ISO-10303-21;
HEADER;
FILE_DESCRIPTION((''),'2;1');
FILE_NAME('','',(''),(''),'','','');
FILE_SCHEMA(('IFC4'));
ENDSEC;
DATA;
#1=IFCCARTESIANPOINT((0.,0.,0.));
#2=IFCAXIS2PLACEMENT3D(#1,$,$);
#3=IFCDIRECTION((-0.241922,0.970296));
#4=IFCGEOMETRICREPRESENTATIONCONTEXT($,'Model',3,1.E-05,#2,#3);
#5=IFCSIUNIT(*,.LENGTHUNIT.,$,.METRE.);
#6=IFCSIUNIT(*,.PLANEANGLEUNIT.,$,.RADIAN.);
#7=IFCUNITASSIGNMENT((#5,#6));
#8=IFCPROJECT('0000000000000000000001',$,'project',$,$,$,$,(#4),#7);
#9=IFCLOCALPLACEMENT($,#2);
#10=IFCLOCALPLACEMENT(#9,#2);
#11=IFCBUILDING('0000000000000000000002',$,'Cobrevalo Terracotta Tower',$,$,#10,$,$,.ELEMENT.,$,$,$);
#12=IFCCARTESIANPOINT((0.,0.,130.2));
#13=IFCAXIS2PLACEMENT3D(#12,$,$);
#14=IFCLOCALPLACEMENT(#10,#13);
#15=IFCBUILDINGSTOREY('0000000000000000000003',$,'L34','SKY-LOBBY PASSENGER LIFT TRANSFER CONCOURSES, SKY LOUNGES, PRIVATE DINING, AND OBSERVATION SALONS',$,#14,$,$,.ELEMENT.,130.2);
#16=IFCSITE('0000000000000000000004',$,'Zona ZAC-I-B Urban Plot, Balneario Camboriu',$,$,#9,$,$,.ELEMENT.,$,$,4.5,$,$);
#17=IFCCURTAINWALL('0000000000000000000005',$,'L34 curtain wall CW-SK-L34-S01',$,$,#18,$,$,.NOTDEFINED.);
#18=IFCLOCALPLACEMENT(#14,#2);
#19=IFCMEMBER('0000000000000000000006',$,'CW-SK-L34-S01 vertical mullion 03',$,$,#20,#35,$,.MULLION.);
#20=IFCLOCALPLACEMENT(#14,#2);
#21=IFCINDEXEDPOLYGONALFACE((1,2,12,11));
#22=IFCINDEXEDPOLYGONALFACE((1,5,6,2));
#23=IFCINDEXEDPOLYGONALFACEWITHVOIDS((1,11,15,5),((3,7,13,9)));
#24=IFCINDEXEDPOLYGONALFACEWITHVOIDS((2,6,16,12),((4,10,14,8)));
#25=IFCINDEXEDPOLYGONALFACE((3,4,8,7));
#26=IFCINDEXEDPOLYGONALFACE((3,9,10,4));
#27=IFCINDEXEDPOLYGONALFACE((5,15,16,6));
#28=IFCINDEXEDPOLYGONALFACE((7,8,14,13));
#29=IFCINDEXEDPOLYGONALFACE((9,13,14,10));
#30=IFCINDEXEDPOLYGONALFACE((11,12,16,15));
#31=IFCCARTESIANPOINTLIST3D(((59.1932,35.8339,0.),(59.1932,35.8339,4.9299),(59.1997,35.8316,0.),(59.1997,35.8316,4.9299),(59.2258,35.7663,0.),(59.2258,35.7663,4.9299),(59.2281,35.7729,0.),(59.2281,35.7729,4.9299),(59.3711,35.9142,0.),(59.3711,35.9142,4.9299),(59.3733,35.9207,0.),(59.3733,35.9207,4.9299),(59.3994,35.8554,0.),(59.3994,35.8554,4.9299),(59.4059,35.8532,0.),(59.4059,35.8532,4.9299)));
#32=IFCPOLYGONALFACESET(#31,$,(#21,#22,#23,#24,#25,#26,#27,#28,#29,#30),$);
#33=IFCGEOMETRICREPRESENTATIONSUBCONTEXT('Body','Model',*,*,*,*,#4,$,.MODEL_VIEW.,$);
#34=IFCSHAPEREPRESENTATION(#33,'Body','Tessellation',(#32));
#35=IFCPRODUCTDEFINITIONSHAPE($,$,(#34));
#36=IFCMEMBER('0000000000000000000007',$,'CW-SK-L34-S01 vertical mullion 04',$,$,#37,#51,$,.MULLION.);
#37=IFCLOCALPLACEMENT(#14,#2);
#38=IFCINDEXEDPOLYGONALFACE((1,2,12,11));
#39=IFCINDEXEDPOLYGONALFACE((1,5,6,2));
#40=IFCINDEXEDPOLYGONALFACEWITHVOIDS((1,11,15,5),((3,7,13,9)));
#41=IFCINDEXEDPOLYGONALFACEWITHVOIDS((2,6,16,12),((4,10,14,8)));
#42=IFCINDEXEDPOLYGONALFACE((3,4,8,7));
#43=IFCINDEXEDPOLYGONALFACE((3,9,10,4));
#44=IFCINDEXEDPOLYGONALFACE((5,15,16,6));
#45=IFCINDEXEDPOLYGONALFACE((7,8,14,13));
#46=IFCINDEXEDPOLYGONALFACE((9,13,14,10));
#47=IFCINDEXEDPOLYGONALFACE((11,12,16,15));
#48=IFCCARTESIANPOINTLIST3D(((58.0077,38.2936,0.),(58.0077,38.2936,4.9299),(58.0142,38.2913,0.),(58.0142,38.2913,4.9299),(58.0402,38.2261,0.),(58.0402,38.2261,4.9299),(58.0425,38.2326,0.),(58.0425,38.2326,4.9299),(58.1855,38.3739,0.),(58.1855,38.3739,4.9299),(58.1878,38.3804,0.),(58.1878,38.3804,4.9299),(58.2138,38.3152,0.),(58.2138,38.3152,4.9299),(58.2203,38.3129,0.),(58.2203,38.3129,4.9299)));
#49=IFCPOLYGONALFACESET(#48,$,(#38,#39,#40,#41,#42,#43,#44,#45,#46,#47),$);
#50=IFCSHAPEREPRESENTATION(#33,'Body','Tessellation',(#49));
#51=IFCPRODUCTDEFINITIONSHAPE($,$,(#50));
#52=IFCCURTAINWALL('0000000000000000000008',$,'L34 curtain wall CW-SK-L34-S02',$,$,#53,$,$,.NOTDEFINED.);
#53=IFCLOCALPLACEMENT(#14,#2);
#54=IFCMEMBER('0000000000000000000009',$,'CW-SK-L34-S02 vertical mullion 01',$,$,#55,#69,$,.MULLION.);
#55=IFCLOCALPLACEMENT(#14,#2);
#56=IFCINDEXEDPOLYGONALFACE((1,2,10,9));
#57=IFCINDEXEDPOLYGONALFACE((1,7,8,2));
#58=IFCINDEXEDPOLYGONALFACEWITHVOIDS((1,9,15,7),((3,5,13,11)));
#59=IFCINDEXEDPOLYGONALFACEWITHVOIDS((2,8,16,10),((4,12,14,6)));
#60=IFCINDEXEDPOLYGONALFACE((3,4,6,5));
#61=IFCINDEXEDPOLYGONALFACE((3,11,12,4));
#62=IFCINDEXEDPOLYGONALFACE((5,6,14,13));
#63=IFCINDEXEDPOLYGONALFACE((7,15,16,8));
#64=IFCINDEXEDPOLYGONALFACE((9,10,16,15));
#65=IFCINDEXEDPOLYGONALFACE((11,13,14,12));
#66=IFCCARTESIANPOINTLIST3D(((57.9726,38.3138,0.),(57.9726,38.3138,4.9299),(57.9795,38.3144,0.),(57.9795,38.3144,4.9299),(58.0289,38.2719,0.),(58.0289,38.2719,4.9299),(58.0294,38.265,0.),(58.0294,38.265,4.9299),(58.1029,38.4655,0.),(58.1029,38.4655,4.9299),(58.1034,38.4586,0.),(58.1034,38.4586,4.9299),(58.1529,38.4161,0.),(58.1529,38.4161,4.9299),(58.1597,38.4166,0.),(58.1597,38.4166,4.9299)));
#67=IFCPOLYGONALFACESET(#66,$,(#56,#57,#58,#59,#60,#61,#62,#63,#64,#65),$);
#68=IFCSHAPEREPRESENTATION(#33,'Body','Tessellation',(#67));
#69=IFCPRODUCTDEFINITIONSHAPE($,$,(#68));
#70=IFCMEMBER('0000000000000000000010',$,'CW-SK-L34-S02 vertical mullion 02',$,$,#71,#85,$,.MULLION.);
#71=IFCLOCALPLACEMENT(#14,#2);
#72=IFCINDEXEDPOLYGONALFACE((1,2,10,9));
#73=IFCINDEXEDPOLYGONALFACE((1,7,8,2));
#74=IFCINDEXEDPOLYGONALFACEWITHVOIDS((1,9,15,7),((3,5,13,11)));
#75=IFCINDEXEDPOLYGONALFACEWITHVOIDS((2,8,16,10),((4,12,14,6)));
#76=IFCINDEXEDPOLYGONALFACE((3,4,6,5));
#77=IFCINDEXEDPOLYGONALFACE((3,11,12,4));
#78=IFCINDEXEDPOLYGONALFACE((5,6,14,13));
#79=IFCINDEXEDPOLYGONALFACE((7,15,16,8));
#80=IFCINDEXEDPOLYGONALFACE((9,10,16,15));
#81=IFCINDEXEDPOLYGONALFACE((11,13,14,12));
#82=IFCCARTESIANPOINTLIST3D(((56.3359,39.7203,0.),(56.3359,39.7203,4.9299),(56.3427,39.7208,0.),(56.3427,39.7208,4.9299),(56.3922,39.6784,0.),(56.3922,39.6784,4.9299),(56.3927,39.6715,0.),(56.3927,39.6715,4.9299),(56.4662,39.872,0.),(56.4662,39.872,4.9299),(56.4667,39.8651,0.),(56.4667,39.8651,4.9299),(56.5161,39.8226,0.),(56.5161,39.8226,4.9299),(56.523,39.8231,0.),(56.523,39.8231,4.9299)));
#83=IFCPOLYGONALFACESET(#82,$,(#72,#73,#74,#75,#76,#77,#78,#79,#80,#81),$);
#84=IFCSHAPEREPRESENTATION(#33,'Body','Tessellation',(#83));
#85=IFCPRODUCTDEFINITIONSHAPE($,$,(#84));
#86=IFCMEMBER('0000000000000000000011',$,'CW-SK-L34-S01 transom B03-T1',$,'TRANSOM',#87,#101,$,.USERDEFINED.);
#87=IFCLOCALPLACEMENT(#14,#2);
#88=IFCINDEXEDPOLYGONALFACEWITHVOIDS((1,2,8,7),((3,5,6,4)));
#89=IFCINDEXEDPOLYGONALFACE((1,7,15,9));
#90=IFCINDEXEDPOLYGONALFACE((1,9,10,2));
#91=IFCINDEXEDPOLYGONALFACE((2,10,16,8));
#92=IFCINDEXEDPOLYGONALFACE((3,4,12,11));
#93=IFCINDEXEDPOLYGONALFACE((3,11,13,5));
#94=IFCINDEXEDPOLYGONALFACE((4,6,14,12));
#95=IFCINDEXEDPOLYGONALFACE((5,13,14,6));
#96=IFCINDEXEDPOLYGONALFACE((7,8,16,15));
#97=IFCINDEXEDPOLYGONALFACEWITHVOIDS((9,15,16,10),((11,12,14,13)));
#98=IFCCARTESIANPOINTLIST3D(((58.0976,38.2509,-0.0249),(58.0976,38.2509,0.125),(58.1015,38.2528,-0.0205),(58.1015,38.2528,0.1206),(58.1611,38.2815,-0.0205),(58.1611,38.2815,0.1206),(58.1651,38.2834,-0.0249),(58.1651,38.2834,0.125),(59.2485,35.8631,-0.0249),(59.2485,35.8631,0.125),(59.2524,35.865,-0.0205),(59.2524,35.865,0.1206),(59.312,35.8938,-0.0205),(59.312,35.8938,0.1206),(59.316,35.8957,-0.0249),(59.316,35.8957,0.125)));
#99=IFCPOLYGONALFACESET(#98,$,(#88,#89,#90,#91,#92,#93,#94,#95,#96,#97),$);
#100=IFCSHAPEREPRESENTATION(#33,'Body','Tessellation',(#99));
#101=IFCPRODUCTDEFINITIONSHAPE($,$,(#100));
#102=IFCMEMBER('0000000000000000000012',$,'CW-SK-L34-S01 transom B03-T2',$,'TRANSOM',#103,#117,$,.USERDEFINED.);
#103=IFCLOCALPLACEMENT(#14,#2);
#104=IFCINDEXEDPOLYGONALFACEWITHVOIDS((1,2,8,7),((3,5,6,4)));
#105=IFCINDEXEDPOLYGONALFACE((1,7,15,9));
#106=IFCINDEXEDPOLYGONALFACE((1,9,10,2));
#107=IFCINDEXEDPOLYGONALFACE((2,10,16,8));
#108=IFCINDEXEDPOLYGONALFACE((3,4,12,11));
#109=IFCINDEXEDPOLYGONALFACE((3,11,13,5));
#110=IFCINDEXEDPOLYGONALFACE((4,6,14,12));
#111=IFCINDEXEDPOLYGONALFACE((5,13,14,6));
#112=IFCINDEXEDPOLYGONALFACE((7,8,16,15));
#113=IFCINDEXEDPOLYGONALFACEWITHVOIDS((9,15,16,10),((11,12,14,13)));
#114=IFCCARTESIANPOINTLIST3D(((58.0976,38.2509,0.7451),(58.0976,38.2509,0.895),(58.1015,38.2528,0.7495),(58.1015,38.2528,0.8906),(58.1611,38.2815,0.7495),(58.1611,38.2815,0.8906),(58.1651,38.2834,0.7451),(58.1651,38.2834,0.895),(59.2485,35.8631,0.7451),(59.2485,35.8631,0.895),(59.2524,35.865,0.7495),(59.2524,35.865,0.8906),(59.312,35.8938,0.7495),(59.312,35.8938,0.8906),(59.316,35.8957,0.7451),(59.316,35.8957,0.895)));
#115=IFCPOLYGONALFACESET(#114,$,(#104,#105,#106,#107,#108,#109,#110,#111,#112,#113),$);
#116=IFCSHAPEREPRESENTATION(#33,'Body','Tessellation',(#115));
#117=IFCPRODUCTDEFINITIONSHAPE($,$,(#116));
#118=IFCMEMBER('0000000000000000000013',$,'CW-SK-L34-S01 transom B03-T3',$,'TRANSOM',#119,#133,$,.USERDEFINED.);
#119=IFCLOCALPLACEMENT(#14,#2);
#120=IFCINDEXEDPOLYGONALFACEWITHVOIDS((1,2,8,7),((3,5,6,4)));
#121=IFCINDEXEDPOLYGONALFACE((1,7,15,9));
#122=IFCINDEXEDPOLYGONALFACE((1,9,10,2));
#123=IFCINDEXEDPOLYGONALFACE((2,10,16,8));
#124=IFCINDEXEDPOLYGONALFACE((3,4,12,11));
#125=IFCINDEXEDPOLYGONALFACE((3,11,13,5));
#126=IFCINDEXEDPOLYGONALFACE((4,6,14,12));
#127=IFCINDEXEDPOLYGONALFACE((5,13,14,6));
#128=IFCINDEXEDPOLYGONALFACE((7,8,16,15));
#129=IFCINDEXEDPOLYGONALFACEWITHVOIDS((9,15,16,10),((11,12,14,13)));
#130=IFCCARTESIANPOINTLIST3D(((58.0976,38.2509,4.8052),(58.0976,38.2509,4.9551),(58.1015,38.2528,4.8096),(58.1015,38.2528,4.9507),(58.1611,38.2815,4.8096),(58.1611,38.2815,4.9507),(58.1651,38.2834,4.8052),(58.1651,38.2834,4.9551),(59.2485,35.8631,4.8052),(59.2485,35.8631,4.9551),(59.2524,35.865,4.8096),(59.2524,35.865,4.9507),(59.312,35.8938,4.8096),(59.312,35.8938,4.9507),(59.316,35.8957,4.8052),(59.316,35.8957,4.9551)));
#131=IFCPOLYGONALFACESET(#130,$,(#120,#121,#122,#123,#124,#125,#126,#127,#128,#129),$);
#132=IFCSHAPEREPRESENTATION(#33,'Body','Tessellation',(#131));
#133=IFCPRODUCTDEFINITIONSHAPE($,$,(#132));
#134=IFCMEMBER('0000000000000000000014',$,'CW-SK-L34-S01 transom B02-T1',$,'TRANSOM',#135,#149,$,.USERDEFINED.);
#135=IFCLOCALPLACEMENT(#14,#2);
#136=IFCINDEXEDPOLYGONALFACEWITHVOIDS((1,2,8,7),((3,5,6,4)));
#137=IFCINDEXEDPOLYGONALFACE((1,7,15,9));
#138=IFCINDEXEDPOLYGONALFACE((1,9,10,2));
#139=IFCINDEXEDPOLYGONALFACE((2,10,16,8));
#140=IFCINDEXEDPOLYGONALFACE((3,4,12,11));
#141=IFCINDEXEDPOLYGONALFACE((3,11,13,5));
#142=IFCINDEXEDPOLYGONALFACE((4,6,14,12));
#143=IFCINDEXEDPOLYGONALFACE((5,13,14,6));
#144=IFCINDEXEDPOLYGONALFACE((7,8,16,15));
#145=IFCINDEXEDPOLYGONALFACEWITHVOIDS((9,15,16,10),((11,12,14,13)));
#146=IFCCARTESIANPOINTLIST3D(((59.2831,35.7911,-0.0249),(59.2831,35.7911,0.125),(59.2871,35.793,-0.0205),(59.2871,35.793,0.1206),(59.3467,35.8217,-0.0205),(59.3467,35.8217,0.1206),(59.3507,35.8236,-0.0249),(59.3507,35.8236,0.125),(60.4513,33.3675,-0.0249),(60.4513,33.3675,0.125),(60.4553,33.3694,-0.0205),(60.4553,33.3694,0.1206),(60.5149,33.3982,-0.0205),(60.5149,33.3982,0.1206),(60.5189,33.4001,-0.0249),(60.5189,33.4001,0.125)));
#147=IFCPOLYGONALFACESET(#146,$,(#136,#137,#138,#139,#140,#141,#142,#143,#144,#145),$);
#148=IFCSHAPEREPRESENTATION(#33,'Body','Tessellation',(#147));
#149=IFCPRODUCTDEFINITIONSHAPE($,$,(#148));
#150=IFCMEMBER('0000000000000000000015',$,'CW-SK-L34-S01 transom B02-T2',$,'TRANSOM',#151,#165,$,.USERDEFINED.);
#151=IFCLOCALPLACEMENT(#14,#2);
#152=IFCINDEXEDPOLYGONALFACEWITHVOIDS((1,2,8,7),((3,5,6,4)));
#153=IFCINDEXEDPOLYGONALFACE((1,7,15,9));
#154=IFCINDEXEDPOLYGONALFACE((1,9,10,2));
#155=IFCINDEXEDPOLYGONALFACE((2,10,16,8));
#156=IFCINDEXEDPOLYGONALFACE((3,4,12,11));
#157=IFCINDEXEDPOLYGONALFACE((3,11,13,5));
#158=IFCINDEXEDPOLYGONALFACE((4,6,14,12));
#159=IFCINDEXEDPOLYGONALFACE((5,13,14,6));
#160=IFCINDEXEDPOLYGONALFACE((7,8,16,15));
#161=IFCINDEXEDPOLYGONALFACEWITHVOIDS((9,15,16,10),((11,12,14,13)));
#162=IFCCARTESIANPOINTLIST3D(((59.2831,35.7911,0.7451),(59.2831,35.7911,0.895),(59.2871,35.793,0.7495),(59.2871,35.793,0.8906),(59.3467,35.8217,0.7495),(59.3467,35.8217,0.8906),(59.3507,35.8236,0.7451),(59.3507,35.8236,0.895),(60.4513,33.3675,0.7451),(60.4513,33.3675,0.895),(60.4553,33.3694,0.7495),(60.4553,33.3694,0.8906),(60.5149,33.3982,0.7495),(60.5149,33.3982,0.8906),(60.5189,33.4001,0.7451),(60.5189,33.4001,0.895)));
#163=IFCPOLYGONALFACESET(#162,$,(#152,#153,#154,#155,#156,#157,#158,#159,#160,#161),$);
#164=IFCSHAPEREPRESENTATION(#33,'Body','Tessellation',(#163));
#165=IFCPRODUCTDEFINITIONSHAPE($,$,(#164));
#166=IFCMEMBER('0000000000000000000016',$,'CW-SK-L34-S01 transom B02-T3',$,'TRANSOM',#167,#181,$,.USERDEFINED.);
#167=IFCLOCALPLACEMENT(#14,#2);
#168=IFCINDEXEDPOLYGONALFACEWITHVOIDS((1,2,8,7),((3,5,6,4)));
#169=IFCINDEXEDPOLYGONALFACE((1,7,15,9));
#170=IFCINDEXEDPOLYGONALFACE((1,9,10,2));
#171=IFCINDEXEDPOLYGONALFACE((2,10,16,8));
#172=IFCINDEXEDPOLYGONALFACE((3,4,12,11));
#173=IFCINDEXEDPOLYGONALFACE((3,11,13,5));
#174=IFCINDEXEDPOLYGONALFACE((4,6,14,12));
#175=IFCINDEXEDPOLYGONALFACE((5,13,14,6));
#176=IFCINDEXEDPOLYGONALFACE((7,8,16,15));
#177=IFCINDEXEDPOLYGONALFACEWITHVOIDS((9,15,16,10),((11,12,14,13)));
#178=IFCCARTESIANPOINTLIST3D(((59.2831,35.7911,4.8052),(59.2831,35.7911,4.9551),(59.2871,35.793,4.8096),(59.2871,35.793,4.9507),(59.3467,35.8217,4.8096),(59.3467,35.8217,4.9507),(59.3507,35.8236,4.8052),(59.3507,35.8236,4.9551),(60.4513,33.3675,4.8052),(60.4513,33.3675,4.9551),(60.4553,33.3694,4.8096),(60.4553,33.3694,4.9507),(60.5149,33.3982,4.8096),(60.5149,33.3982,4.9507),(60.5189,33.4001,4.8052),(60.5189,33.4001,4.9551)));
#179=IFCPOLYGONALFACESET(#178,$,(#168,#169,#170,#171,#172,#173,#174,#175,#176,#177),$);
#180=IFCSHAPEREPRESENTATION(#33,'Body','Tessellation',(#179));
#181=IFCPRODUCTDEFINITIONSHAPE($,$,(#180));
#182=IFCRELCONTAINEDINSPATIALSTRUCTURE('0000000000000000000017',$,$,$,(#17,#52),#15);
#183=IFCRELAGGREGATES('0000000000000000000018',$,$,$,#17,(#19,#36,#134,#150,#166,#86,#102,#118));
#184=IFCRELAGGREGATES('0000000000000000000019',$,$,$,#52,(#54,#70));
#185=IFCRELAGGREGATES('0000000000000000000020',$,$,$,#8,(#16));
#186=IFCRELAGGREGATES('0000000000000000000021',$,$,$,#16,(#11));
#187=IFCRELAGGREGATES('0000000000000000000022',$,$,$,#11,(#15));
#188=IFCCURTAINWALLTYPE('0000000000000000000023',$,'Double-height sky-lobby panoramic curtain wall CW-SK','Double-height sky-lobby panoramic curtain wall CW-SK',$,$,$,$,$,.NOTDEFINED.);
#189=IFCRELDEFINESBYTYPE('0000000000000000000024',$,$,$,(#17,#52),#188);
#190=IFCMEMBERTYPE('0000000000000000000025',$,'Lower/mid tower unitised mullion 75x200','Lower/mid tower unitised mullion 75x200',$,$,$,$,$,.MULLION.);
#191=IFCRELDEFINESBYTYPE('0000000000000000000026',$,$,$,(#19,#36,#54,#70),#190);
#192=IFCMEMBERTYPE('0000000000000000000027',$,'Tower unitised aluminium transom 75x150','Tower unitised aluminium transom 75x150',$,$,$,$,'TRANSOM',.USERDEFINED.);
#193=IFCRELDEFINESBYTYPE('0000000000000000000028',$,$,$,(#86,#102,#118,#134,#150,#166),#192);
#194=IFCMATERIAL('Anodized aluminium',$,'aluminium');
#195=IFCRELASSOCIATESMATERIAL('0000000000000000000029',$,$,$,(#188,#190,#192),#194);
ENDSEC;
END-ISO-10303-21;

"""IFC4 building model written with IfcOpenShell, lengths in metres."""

from ifc_helpers import new_model, si_unit, direction, frame, origin, origin_2d, place, context, subcontext, project, spatial, hollow_rectangle, extrude, source, transform, mapped, material, material_profile, profile_set, type_object, element, aggregate, save


model = new_model("IFC4")

# Units and contexts
model_context = context("Model", 3, precision=1e-05, world=origin(), true_north=direction((-0.241922, 0.970296)))
body_context = subcontext(model_context, "Body", "Model", "MODEL_VIEW")
ifc_project = project(units=[si_unit("LENGTHUNIT", "METRE"), si_unit("PLANEANGLEUNIT", "RADIAN")], contexts=[model_context])

# Site, building, storey
site_placement = place(None, origin())
site = spatial("IfcSite", under=ifc_project, at=site_placement, Name="Zona ZAC-I-B Urban Plot, Balneario Camboriu", CompositionType="ELEMENT", RefElevation=4.5)
building_placement = place(site_placement, origin())
building = spatial("IfcBuilding", under=site, at=building_placement, Name="Cobrevalo Terracotta Tower", CompositionType="ELEMENT")
storey_placement = place(building_placement, frame((0.0, 0.0, 130.2)))
storey = spatial("IfcBuildingStorey", under=building, at=storey_placement, Name="L34", Description="SKY-LOBBY PASSENGER LIFT TRANSFER CONCOURSES, SKY LOUNGES, PRIVATE DINING, AND OBSERVATION SALONS", CompositionType="ELEMENT", Elevation=130.2)

# Curtain walls, members
ifc_material_1 = material(Name="Anodized aluminium", Category="aluminium")
curtain_wall_type = type_object("IfcCurtainWallType", Name="Double-height sky-lobby panoramic curtain wall CW-SK", Description="Double-height sky-lobby panoramic curtain wall CW-SK", PredefinedType="NOTDEFINED", material=ifc_material_1)
curtain_wall_1_placement = place(storey_placement, origin())
curtain_wall_1 = element("IfcCurtainWall", 1, at=curtain_wall_1_placement, inside=storey, type_object=curtain_wall_type, Name="L34 curtain wall CW-SK-L34-S01", PredefinedType="NOTDEFINED")
ifc_material_profile_1 = material_profile(ifc_material_1, hollow_rectangle(XDim=0.075, YDim=0.2, WallThickness=0.0049, at=origin_2d()), Name="CWM 75x200")
ifc_profile_set_1 = profile_set([ifc_material_profile_1], Name="Anodized aluminium")
member_type_1 = type_object("IfcMemberType", Name="Lower/mid tower unitised mullion 75x200", Description="Lower/mid tower unitised mullion 75x200", PredefinedType="MULLION", material=ifc_profile_set_1)
shared_shape_1 = source(origin(), body_context, "Body", "SweptSolid", [
    extrude(hollow_rectangle(XDim=0.075, YDim=0.2, WallThickness=0.0049, at=origin_2d()), origin(), (0.0, 0.0, 1.0), 4.9299),
])
member_1_placement = place(storey_placement, frame((59.2996, 35.8435, 0.0), z_axis=(0.0, 0.0, 1.0), x_axis=(-0.434209, 0.900812, 0.0)))
member_1 = element("IfcMember", 2, at=member_1_placement, type_object=member_type_1, Name="CW-SK-L34-S01 vertical mullion 03", PredefinedType="MULLION", context=body_context, shape_type="MappedRepresentation", body=[
    mapped(shared_shape_1, transform((0.0, 0.0, 0.0), scale=1.0)),
])
member_2_placement = place(storey_placement, frame((58.114, 38.3032, 0.0), z_axis=(0.0, 0.0, 1.0), x_axis=(-0.434209, 0.900812, 0.0)))
member_2 = element("IfcMember", 3, at=member_2_placement, type_object=member_type_1, Name="CW-SK-L34-S01 vertical mullion 04", PredefinedType="MULLION", context=body_context, shape_type="MappedRepresentation", body=[
    mapped(shared_shape_1, transform((0.0, 0.0, 0.0), scale=1.0)),
])
curtain_wall_2_placement = place(storey_placement, origin())
curtain_wall_2 = element("IfcCurtainWall", 4, at=curtain_wall_2_placement, inside=storey, type_object=curtain_wall_type, Name="L34 curtain wall CW-SK-L34-S02", PredefinedType="NOTDEFINED")
member_3_placement = place(storey_placement, frame((58.0662, 38.3652, 0.0), z_axis=(0.0, 0.0, 1.0), x_axis=(-0.758442, 0.651741, 0.0)))
member_3 = element("IfcMember", 5, at=member_3_placement, type_object=member_type_1, Name="CW-SK-L34-S02 vertical mullion 01", PredefinedType="MULLION", context=body_context, shape_type="MappedRepresentation", body=[
    mapped(shared_shape_1, transform((0.0, 0.0, 0.0), scale=1.0)),
])
member_4_placement = place(storey_placement, frame((56.4294, 39.7717, 0.0), z_axis=(0.0, 0.0, 1.0), x_axis=(-0.758442, 0.651741, 0.0)))
member_4 = element("IfcMember", 6, at=member_4_placement, type_object=member_type_1, Name="CW-SK-L34-S02 vertical mullion 02", PredefinedType="MULLION", context=body_context, shape_type="MappedRepresentation", body=[
    mapped(shared_shape_1, transform((0.0, 0.0, 0.0), scale=1.0)),
])

# Members
ifc_material_profile_2 = material_profile(ifc_material_1, hollow_rectangle(XDim=0.075, YDim=0.1499, WallThickness=0.0044, at=origin_2d()), Name="CWT 75x150")
ifc_profile_set_2 = profile_set([ifc_material_profile_2], Name="Anodized aluminium")
member_type_2 = type_object("IfcMemberType", Name="Tower unitised aluminium transom 75x150", Description="Tower unitised aluminium transom 75x150", ElementType="TRANSOM", PredefinedType="USERDEFINED", material=ifc_profile_set_2)
shared_shape_2 = source(origin(), body_context, "Body", "SweptSolid", [
    extrude(hollow_rectangle(XDim=0.075, YDim=0.1499, WallThickness=0.0044, at=origin_2d()), origin(), (0.0, 0.0, 1.0), 2.6506),
])
member_5_placement = place(storey_placement, frame((59.2822, 35.8794, 0.05), z_axis=(-0.434198, 0.900818, 0.0), x_axis=(-0.900818, -0.434198, 0.0)))
member_5 = element("IfcMember", 7, at=member_5_placement, type_object=member_type_2, Name="CW-SK-L34-S01 transom B03-T1", ObjectType="TRANSOM", PredefinedType="USERDEFINED", context=body_context, shape_type="MappedRepresentation", body=[
    mapped(shared_shape_2, transform((0.0, 0.0, 0.0), scale=1.0)),
])
member_6_placement = place(storey_placement, frame((59.2822, 35.8794, 0.8201), z_axis=(-0.434198, 0.900818, 0.0), x_axis=(-0.900818, -0.434198, 0.0)))
member_6 = element("IfcMember", 8, at=member_6_placement, type_object=member_type_2, Name="CW-SK-L34-S01 transom B03-T2", ObjectType="TRANSOM", PredefinedType="USERDEFINED", context=body_context, shape_type="MappedRepresentation", body=[
    mapped(shared_shape_2, transform((0.0, 0.0, 0.0), scale=1.0)),
])
member_7_placement = place(storey_placement, frame((59.2822, 35.8794, 4.8801), z_axis=(-0.434198, 0.900818, 0.0), x_axis=(-0.900818, -0.434198, 0.0)))
member_7 = element("IfcMember", 9, at=member_7_placement, type_object=member_type_2, Name="CW-SK-L34-S01 transom B03-T3", ObjectType="TRANSOM", PredefinedType="USERDEFINED", context=body_context, shape_type="MappedRepresentation", body=[
    mapped(shared_shape_2, transform((0.0, 0.0, 0.0), scale=1.0)),
])
shared_shape_3 = source(origin(), body_context, "Body", "SweptSolid", [
    extrude(hollow_rectangle(XDim=0.075, YDim=0.1499, WallThickness=0.0044, at=origin_2d()), origin(), (0.0, 0.0, 1.0), 2.6904),
])
member_8_placement = place(storey_placement, frame((60.4851, 33.3838, 0.05), z_axis=(-0.434208, 0.900812, 0.0), x_axis=(-0.900812, -0.434208, 0.0)))
member_8 = element("IfcMember", 10, at=member_8_placement, type_object=member_type_2, Name="CW-SK-L34-S01 transom B02-T1", ObjectType="TRANSOM", PredefinedType="USERDEFINED", context=body_context, shape_type="MappedRepresentation", body=[
    mapped(shared_shape_3, transform((0.0, 0.0, 0.0), scale=1.0)),
])
member_9_placement = place(storey_placement, frame((60.4851, 33.3838, 0.8201), z_axis=(-0.434208, 0.900812, 0.0), x_axis=(-0.900812, -0.434208, 0.0)))
member_9 = element("IfcMember", 11, at=member_9_placement, type_object=member_type_2, Name="CW-SK-L34-S01 transom B02-T2", ObjectType="TRANSOM", PredefinedType="USERDEFINED", context=body_context, shape_type="MappedRepresentation", body=[
    mapped(shared_shape_3, transform((0.0, 0.0, 0.0), scale=1.0)),
])
member_10_placement = place(storey_placement, frame((60.4851, 33.3838, 4.8801), z_axis=(-0.434208, 0.900812, 0.0), x_axis=(-0.900812, -0.434208, 0.0)))
member_10 = element("IfcMember", 12, at=member_10_placement, type_object=member_type_2, Name="CW-SK-L34-S01 transom B02-T3", ObjectType="TRANSOM", PredefinedType="USERDEFINED", context=body_context, shape_type="MappedRepresentation", body=[
    mapped(shared_shape_3, transform((0.0, 0.0, 0.0), scale=1.0)),
])

aggregate(curtain_wall_1, [member_1, member_2, member_8, member_9, member_10, member_5, member_6, member_7])
aggregate(curtain_wall_2, [member_3, member_4])

save(model, "model.ifc")
